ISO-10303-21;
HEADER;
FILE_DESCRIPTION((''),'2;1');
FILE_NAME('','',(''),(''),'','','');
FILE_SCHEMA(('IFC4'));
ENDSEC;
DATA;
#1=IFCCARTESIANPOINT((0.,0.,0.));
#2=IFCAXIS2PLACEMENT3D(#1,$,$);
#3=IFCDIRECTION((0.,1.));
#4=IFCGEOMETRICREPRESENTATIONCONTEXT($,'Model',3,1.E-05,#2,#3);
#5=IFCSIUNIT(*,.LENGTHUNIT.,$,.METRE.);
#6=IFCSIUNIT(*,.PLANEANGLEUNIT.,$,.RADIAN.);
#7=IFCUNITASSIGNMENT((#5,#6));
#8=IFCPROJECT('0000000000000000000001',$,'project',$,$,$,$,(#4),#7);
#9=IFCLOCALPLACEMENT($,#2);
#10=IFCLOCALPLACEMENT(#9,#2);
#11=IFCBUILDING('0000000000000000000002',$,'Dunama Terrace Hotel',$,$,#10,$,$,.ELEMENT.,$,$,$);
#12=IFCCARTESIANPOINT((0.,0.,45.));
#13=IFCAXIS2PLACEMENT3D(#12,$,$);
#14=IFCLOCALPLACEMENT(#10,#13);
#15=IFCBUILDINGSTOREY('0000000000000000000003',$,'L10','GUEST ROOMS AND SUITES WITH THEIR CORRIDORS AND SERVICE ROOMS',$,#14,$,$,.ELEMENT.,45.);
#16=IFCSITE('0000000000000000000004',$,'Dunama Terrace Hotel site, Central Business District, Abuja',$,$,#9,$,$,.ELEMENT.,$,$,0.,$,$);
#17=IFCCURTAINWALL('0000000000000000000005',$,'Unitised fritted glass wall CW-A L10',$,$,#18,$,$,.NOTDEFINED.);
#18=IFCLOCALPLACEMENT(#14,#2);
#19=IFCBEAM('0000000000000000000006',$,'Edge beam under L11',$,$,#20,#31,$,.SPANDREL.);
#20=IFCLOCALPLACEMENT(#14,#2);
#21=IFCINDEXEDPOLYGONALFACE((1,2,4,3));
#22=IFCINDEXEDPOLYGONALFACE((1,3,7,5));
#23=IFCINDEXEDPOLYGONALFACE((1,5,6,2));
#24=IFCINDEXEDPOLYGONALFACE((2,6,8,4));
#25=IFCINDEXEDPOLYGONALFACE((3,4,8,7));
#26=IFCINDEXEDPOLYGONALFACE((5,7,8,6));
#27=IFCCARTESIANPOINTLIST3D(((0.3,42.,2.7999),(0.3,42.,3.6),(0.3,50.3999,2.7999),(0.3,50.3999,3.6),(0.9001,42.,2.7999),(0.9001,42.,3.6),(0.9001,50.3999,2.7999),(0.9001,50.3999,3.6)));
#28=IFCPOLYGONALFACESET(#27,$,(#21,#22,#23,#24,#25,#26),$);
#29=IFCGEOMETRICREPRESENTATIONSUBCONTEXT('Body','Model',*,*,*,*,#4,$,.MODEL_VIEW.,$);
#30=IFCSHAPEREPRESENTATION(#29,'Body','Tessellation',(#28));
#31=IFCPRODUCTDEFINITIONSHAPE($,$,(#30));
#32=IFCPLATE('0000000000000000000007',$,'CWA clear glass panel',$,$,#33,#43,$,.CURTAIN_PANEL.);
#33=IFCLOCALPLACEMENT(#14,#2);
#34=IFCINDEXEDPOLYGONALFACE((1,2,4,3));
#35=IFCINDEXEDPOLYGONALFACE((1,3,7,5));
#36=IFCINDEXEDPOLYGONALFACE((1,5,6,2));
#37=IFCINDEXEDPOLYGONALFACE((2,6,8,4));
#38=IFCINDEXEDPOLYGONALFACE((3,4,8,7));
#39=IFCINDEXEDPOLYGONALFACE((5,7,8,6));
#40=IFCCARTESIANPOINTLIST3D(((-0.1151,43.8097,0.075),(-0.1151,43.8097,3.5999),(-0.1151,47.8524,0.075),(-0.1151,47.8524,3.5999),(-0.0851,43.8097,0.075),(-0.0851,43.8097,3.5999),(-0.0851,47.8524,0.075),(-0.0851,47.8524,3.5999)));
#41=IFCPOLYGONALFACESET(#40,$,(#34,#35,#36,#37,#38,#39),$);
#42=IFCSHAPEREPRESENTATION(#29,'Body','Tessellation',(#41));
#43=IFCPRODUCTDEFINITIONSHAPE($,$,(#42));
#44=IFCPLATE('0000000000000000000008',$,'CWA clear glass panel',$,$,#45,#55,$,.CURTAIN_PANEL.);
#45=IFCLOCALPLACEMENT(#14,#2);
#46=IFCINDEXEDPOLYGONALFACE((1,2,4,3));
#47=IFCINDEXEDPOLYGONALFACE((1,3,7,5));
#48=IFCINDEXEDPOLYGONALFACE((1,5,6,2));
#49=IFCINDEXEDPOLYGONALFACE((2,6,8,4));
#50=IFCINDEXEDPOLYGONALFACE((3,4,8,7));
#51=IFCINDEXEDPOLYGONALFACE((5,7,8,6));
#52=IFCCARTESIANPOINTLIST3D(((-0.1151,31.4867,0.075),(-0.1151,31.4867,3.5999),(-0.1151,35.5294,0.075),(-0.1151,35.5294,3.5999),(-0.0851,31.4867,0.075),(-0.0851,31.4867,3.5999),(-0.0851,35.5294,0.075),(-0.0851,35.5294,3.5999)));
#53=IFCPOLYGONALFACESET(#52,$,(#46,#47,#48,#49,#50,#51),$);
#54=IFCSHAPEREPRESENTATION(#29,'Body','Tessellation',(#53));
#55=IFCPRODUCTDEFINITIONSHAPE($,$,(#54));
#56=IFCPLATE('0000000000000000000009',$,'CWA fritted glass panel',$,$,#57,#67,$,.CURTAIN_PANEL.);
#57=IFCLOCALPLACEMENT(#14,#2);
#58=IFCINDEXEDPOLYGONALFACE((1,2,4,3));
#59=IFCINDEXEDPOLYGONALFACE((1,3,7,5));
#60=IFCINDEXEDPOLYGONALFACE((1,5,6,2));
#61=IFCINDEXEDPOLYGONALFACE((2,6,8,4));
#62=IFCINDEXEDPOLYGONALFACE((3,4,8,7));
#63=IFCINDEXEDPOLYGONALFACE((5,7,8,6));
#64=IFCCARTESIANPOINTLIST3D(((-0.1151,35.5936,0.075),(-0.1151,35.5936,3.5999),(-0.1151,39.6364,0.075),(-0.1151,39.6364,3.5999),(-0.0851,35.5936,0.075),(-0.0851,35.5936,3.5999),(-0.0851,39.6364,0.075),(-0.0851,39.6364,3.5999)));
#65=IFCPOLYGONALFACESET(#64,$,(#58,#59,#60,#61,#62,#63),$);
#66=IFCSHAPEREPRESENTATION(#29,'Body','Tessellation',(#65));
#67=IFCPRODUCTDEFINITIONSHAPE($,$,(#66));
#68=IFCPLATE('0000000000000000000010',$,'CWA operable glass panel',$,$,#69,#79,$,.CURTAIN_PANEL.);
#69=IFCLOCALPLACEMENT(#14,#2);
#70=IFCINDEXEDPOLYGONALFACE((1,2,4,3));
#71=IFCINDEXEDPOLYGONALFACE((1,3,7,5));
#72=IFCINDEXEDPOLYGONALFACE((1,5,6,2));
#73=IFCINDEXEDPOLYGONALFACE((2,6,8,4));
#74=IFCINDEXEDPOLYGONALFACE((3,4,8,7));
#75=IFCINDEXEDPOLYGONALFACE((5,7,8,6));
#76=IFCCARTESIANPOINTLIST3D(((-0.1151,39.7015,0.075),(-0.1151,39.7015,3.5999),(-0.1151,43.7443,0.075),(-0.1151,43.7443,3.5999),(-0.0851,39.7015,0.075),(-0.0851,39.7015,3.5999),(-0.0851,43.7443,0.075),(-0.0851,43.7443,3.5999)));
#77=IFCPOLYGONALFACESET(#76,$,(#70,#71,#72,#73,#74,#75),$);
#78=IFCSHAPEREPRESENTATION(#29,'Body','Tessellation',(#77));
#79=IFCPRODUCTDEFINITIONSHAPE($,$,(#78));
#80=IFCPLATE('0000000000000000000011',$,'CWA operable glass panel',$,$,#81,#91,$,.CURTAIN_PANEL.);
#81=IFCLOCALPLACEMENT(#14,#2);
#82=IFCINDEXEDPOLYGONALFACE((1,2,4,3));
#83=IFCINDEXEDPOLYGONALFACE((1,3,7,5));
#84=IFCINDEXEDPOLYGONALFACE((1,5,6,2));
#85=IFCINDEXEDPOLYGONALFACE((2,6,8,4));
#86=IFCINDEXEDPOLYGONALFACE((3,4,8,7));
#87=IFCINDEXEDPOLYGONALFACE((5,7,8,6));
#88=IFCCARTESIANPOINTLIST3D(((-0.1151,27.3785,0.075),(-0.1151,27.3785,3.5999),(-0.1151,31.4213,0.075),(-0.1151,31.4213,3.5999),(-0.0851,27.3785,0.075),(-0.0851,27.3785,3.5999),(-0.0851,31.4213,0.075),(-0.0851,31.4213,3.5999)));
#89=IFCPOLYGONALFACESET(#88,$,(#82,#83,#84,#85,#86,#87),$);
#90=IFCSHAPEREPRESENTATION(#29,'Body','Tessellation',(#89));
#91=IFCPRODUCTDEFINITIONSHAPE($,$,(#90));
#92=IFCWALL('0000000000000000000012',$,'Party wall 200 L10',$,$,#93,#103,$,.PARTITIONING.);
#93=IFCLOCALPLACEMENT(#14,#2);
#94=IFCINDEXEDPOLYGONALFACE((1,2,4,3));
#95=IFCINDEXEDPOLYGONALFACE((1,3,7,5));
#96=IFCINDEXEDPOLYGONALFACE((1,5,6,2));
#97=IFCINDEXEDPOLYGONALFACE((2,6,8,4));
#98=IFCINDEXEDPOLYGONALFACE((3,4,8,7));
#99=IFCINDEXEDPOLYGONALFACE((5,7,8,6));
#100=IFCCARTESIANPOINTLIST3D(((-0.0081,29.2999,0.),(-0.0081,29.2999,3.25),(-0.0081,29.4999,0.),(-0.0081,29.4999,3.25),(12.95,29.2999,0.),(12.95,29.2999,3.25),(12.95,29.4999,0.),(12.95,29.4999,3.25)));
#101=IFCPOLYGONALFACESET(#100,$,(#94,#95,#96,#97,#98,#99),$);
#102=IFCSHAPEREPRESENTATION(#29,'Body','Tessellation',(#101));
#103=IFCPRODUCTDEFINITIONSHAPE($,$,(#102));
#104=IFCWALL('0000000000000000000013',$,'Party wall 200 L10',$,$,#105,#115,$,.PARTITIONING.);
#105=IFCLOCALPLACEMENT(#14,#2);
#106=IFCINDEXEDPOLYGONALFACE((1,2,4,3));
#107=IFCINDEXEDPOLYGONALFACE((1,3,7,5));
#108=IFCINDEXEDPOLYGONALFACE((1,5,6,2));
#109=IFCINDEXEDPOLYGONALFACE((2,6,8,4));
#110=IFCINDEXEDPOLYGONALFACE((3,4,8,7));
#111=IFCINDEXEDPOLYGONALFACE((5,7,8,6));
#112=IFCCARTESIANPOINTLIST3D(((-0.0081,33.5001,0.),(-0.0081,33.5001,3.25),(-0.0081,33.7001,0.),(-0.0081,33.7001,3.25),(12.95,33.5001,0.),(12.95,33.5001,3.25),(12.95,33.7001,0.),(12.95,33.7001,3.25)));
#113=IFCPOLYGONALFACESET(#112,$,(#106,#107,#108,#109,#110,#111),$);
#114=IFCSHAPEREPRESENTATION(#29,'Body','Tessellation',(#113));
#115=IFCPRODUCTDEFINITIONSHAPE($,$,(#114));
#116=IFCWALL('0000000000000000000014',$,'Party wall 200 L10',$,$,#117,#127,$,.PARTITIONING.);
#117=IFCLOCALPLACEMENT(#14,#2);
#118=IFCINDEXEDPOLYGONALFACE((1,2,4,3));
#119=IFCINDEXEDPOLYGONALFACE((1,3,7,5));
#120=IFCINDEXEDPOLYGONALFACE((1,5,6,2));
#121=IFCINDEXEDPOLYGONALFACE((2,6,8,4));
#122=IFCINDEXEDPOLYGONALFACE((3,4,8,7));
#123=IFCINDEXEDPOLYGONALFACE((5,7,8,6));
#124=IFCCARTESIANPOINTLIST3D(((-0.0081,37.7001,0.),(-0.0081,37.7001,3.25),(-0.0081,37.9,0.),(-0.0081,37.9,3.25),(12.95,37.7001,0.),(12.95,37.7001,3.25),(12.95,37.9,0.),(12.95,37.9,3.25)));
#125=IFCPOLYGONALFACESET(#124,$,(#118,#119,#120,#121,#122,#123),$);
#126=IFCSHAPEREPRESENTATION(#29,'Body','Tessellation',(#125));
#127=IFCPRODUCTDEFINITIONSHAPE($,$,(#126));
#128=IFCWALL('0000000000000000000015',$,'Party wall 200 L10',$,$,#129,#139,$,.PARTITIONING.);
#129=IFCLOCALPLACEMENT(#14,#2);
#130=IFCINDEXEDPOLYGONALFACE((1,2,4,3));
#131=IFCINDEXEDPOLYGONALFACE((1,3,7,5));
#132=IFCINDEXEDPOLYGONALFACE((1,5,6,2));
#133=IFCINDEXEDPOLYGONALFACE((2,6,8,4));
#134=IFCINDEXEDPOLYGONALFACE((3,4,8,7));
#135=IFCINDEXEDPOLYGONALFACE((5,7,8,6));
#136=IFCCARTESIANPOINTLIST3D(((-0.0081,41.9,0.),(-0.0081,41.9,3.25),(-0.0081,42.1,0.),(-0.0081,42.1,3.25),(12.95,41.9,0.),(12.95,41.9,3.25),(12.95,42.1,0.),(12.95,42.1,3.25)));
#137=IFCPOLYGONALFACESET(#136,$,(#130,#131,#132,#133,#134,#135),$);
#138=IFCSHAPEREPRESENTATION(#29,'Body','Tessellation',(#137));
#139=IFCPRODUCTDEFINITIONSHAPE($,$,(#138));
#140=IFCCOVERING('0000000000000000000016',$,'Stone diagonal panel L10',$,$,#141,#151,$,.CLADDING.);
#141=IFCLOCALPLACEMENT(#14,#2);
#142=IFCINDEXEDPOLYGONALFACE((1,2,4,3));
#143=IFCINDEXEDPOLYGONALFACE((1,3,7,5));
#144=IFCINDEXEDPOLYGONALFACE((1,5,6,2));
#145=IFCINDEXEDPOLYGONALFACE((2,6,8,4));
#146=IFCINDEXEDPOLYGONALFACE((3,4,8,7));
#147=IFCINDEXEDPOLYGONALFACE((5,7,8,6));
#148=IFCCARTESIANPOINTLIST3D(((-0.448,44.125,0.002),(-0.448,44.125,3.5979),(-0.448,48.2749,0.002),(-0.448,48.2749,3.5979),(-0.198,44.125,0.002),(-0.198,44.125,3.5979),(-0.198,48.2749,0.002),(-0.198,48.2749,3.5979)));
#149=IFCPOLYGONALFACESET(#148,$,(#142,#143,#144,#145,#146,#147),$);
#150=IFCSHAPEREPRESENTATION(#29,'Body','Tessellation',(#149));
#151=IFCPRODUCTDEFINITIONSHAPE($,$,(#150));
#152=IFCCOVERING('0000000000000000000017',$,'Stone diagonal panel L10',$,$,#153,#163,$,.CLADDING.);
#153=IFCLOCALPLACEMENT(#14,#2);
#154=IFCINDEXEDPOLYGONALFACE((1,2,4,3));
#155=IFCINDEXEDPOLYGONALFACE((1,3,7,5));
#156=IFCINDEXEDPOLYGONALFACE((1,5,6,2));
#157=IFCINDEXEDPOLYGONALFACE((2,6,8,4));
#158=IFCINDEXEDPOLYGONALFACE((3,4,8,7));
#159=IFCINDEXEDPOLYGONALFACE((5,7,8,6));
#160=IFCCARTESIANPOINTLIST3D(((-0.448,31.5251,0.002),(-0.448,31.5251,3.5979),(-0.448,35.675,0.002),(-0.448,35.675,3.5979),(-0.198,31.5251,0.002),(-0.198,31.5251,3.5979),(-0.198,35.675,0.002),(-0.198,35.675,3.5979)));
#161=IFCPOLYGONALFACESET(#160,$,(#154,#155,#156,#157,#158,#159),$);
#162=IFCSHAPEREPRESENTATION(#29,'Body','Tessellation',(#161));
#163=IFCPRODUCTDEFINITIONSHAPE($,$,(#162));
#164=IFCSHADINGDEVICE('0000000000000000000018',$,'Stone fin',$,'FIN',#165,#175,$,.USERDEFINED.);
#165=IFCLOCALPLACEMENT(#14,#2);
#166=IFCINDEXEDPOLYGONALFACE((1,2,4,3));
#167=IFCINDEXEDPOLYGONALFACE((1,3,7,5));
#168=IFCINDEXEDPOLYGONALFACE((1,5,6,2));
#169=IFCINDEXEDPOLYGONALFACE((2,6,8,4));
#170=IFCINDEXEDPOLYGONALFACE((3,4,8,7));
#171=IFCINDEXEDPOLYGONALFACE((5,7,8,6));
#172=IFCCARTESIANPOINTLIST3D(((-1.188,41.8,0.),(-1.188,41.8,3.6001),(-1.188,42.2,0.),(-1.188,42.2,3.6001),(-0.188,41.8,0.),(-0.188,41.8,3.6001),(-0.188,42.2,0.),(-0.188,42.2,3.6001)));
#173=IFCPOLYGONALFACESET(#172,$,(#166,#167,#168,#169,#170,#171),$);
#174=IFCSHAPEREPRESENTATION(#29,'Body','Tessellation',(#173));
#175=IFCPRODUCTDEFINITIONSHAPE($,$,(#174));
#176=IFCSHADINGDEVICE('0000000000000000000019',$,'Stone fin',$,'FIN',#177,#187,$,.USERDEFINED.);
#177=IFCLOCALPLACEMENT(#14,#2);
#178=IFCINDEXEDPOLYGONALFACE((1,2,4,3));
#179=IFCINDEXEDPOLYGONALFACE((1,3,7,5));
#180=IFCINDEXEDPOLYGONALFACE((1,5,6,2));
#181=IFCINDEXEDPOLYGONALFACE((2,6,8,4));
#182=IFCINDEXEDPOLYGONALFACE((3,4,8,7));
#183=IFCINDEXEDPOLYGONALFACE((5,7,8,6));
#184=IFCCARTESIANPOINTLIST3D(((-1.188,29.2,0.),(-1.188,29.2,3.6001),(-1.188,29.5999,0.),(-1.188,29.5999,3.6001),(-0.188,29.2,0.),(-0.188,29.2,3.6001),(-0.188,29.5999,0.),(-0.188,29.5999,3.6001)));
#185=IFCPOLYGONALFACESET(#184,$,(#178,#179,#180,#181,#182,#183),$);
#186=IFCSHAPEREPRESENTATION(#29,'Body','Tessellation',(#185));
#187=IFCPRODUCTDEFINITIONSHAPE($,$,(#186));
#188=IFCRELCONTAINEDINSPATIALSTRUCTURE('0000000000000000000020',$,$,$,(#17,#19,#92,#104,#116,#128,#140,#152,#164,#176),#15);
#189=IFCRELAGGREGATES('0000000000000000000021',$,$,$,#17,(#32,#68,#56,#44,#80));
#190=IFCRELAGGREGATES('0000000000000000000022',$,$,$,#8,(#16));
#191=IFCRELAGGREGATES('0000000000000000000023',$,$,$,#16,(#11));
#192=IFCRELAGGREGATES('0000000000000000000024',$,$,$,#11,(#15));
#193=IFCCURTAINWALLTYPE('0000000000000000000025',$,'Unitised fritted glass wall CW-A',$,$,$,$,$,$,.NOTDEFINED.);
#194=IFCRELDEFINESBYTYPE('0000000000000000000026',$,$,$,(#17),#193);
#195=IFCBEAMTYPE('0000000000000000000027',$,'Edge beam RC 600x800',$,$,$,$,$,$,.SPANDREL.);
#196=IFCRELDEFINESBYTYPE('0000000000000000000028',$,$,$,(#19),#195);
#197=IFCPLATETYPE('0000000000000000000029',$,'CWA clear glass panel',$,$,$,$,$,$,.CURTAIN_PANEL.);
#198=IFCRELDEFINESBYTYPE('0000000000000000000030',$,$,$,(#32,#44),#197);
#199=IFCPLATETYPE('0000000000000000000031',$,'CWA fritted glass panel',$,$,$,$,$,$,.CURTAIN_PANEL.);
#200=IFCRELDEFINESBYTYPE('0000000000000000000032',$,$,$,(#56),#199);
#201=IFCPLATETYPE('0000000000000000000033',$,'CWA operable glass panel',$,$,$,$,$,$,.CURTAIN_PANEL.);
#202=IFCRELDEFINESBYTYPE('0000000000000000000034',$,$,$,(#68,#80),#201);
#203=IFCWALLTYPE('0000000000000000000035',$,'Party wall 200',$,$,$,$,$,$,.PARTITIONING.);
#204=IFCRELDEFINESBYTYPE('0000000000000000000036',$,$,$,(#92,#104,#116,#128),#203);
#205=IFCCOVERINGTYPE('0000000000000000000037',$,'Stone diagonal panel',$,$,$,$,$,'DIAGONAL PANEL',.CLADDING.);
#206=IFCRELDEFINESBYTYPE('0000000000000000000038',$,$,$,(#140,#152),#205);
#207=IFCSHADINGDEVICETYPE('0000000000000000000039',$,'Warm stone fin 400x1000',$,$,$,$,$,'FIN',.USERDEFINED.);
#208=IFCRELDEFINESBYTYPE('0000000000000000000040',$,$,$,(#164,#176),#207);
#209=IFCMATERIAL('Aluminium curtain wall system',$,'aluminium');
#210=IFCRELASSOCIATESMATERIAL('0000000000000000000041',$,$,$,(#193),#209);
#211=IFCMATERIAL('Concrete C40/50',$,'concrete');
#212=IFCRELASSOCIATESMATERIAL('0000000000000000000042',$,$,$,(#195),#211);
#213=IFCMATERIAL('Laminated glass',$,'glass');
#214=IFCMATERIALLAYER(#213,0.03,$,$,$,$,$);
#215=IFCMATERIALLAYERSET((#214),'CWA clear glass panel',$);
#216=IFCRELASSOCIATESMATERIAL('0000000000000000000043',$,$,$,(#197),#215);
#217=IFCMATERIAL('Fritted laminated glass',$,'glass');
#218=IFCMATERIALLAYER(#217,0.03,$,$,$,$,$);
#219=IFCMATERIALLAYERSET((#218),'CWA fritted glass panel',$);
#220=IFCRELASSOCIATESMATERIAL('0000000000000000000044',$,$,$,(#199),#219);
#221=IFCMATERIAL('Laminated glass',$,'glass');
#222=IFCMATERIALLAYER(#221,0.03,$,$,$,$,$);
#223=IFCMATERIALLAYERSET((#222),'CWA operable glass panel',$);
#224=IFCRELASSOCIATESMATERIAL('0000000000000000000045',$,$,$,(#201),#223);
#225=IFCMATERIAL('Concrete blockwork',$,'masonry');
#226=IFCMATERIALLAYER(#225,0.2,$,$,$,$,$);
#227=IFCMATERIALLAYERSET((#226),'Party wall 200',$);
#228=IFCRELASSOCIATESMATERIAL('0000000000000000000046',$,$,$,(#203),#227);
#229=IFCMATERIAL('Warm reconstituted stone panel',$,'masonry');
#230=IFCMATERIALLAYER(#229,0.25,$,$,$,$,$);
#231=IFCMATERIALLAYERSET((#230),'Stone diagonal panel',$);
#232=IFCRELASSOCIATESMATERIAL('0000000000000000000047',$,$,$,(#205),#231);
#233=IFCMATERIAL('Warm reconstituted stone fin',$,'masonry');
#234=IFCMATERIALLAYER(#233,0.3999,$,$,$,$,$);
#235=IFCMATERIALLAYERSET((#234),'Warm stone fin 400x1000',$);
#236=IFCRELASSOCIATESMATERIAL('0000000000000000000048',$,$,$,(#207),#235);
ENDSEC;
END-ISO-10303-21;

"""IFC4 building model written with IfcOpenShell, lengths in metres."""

from ifc_helpers import new_model, si_unit, direction, frame, frame_2d, origin, origin_2d, place, context, subcontext, project, spatial, rectangle, extrude, material, layer, layer_set, material_profile, profile_set, type_object, element, aggregate, save


model = new_model("IFC4")

# Units and contexts
model_context = context("Model", 3, precision=1e-05, world=origin(), true_north=direction((0.0, 1.0)))
body_context = subcontext(model_context, "Body", "Model", "MODEL_VIEW")
ifc_project = project(units=[si_unit("LENGTHUNIT", "METRE"), si_unit("PLANEANGLEUNIT", "RADIAN")], contexts=[model_context])

# Site, building, storey
site_placement = place(None, origin())
site = spatial("IfcSite", under=ifc_project, at=site_placement, Name="Dunama Terrace Hotel site, Central Business District, Abuja", CompositionType="ELEMENT", RefElevation=0.0)
building_placement = place(site_placement, origin())
building = spatial("IfcBuilding", under=site, at=building_placement, Name="Dunama Terrace Hotel", CompositionType="ELEMENT")
storey_placement = place(building_placement, frame((0.0, 0.0, 45.0)))
storey = spatial("IfcBuildingStorey", under=building, at=storey_placement, Name="L10", Description="GUEST ROOMS AND SUITES WITH THEIR CORRIDORS AND SERVICE ROOMS", CompositionType="ELEMENT", Elevation=45.0)

# Curtain wall
ifc_material_1 = material(Name="Aluminium curtain wall system", Category="aluminium")
curtain_wall_type = type_object("IfcCurtainWallType", Name="Unitised fritted glass wall CW-A", PredefinedType="NOTDEFINED", material=ifc_material_1)
curtain_wall_placement = place(storey_placement, origin())
curtain_wall = element("IfcCurtainWall", 1, at=curtain_wall_placement, inside=storey, type_object=curtain_wall_type, Name="Unitised fritted glass wall CW-A L10", PredefinedType="NOTDEFINED")

# Beam
ifc_material_2 = material(Name="Concrete C40/50", Category="concrete")
ifc_material_profile_1 = material_profile(ifc_material_2, rectangle(XDim=0.6001, YDim=0.8, at=origin_2d()), Name="RC 600x800")
ifc_profile_set_1 = profile_set([ifc_material_profile_1], Name="Concrete C40/50")
beam_type = type_object("IfcBeamType", Name="Edge beam RC 600x800", PredefinedType="SPANDREL", material=ifc_profile_set_1)
for number, where, z_axis, x_axis, name in (
    (2, (0.6001, 42.0, 3.2), (0.0, 1.0, 0.0), (-1.0, 0.0, 0.0), "Edge beam under L11"),
):
    element("IfcBeam", number, at=place(storey_placement, frame(where, z_axis=z_axis, x_axis=x_axis)), inside=storey, type_object=beam_type, Name=name, PredefinedType="SPANDREL", context=body_context, shape_type="SweptSolid", body=[
        extrude(rectangle(XDim=0.6001, YDim=0.8, at=origin_2d()), origin(), (0.0, 0.0, 1.0), 8.3999),
    ])

# Plates
ifc_material_3 = material(Name="Laminated glass", Category="glass")
ifc_layer_1 = layer(ifc_material_3, 0.03)
ifc_layer_set_1 = layer_set([ifc_layer_1], Name="CWA clear glass panel")
plate_type_1 = type_object("IfcPlateType", Name="CWA clear glass panel", PredefinedType="CURTAIN_PANEL", material=ifc_layer_set_1)
plate_1_placement = place(storey_placement, frame((-0.1001, 45.8311, 0.075), z_axis=(0.0, 0.0, 1.0), x_axis=(0.0, -1.0, 0.0)))
plate_1 = element("IfcPlate", 3, at=plate_1_placement, type_object=plate_type_1, Name="CWA clear glass panel", PredefinedType="CURTAIN_PANEL", context=body_context, shape_type="SweptSolid", body=[
    extrude(rectangle(XDim=4.0427, YDim=0.03, at=origin_2d()), origin(), (0.0, 0.0, 1.0), 3.5249),
])
plate_2_placement = place(storey_placement, frame((-0.1001, 33.5081, 0.075), z_axis=(0.0, 0.0, 1.0), x_axis=(0.0, -1.0, 0.0)))
plate_2 = element("IfcPlate", 4, at=plate_2_placement, type_object=plate_type_1, Name="CWA clear glass panel", PredefinedType="CURTAIN_PANEL", context=body_context, shape_type="SweptSolid", body=[
    extrude(rectangle(XDim=4.0427, YDim=0.03, at=origin_2d()), origin(), (0.0, 0.0, 1.0), 3.5249),
])
ifc_material_4 = material(Name="Fritted laminated glass", Category="glass")
ifc_layer_2 = layer(ifc_material_4, 0.03)
ifc_layer_set_2 = layer_set([ifc_layer_2], Name="CWA fritted glass panel")
plate_type_2 = type_object("IfcPlateType", Name="CWA fritted glass panel", PredefinedType="CURTAIN_PANEL", material=ifc_layer_set_2)
plate_3_placement = place(storey_placement, frame((-0.1001, 37.615, 0.075), z_axis=(0.0, 0.0, 1.0), x_axis=(0.0, -1.0, 0.0)))
plate_3 = element("IfcPlate", 5, at=plate_3_placement, type_object=plate_type_2, Name="CWA fritted glass panel", PredefinedType="CURTAIN_PANEL", context=body_context, shape_type="SweptSolid", body=[
    extrude(rectangle(XDim=4.0427, YDim=0.03, at=origin_2d()), origin(), (0.0, 0.0, 1.0), 3.5249),
])
ifc_material_5 = material(Name="Laminated glass", Category="glass")
ifc_layer_3 = layer(ifc_material_5, 0.03)
ifc_layer_set_3 = layer_set([ifc_layer_3], Name="CWA operable glass panel")
plate_type_3 = type_object("IfcPlateType", Name="CWA operable glass panel", PredefinedType="CURTAIN_PANEL", material=ifc_layer_set_3)
plate_4_placement = place(storey_placement, frame((-0.1001, 41.7229, 0.075), z_axis=(0.0, 0.0, 1.0), x_axis=(0.0, -1.0, 0.0)))
plate_4 = element("IfcPlate", 6, at=plate_4_placement, type_object=plate_type_3, Name="CWA operable glass panel", PredefinedType="CURTAIN_PANEL", context=body_context, shape_type="SweptSolid", body=[
    extrude(rectangle(XDim=4.0427, YDim=0.03, at=origin_2d()), origin(), (0.0, 0.0, 1.0), 3.5249),
])
plate_5_placement = place(storey_placement, frame((-0.1001, 29.3999, 0.075), z_axis=(0.0, 0.0, 1.0), x_axis=(0.0, -1.0, 0.0)))
plate_5 = element("IfcPlate", 7, at=plate_5_placement, type_object=plate_type_3, Name="CWA operable glass panel", PredefinedType="CURTAIN_PANEL", context=body_context, shape_type="SweptSolid", body=[
    extrude(rectangle(XDim=4.0427, YDim=0.03, at=origin_2d()), origin(), (0.0, 0.0, 1.0), 3.5249),
])
aggregate(curtain_wall, [plate_1, plate_4, plate_3, plate_2, plate_5])

# Walls
ifc_material_6 = material(Name="Concrete blockwork", Category="masonry")
ifc_layer_4 = layer(ifc_material_6, 0.2)
ifc_layer_set_4 = layer_set([ifc_layer_4], Name="Party wall 200")
wall_type = type_object("IfcWallType", Name="Party wall 200", PredefinedType="PARTITIONING", material=ifc_layer_set_4)
for number, where, z_axis, x_axis, name in (
    (8, (-0.0081, 29.3999, 0.0), (0.0, 0.0, 1.0), (1.0, 0.0, 0.0), "Party wall 200 L10"),
    (9, (-0.0081, 33.6001, 0.0), (0.0, 0.0, 1.0), (1.0, 0.0, 0.0), "Party wall 200 L10"),
    (10, (-0.0081, 37.8, 0.0), (0.0, 0.0, 1.0), (1.0, 0.0, 0.0), "Party wall 200 L10"),
    (11, (-0.0081, 42.0, 0.0), (0.0, 0.0, 1.0), (1.0, 0.0, 0.0), "Party wall 200 L10"),
):
    element("IfcWall", number, at=place(storey_placement, frame(where, z_axis=z_axis, x_axis=x_axis)), inside=storey, type_object=wall_type, Name=name, PredefinedType="PARTITIONING", context=body_context, shape_type="SweptSolid", body=[
        extrude(rectangle(XDim=12.958, YDim=0.2, at=frame_2d((6.479, 0.0))), origin(), (0.0, 0.0, 1.0), 3.25),
    ])

# Coverings
ifc_material_7 = material(Name="Warm reconstituted stone panel", Category="masonry")
ifc_layer_5 = layer(ifc_material_7, 0.25)
ifc_layer_set_5 = layer_set([ifc_layer_5], Name="Stone diagonal panel")
covering_type = type_object("IfcCoveringType", Name="Stone diagonal panel", ElementType="DIAGONAL PANEL", PredefinedType="CLADDING", material=ifc_layer_set_5)
for number, where, z_axis, x_axis, name in (
    (12, (-0.323, 46.2, 0.002), (0.0, 0.0, 1.0), (0.0, -1.0, 0.0), "Stone diagonal panel L10"),
    (13, (-0.323, 33.6001, 0.002), (0.0, 0.0, 1.0), (0.0, -1.0, 0.0), "Stone diagonal panel L10"),
):
    element("IfcCovering", number, at=place(storey_placement, frame(where, z_axis=z_axis, x_axis=x_axis)), inside=storey, type_object=covering_type, Name=name, PredefinedType="CLADDING", context=body_context, shape_type="SweptSolid", body=[
        extrude(rectangle(XDim=4.1499, YDim=0.25, at=origin_2d()), origin(), (0.0, 0.0, 1.0), 3.5959),
    ])

# Shading devices
ifc_material_8 = material(Name="Warm reconstituted stone fin", Category="masonry")
ifc_layer_6 = layer(ifc_material_8, 0.3999)
ifc_layer_set_6 = layer_set([ifc_layer_6], Name="Warm stone fin 400x1000")
shading_device_type = type_object("IfcShadingDeviceType", Name="Warm stone fin 400x1000", ElementType="FIN", PredefinedType="USERDEFINED", material=ifc_layer_set_6)
for number, where, z_axis, x_axis, name in (
    (14, (-0.688, 42.0, 0.0), (0.0, 0.0, 1.0), (0.0, -1.0, 0.0), "Stone fin"),
    (15, (-0.688, 29.3999, 0.0), (0.0, 0.0, 1.0), (0.0, -1.0, 0.0), "Stone fin"),
):
    element("IfcShadingDevice", number, at=place(storey_placement, frame(where, z_axis=z_axis, x_axis=x_axis)), inside=storey, type_object=shading_device_type, Name=name, ObjectType="FIN", PredefinedType="USERDEFINED", context=body_context, shape_type="SweptSolid", body=[
        extrude(rectangle(XDim=0.3999, YDim=1.0, at=origin_2d()), origin(), (0.0, 0.0, 1.0), 3.6001),
    ])

save(model, "model.ifc")
